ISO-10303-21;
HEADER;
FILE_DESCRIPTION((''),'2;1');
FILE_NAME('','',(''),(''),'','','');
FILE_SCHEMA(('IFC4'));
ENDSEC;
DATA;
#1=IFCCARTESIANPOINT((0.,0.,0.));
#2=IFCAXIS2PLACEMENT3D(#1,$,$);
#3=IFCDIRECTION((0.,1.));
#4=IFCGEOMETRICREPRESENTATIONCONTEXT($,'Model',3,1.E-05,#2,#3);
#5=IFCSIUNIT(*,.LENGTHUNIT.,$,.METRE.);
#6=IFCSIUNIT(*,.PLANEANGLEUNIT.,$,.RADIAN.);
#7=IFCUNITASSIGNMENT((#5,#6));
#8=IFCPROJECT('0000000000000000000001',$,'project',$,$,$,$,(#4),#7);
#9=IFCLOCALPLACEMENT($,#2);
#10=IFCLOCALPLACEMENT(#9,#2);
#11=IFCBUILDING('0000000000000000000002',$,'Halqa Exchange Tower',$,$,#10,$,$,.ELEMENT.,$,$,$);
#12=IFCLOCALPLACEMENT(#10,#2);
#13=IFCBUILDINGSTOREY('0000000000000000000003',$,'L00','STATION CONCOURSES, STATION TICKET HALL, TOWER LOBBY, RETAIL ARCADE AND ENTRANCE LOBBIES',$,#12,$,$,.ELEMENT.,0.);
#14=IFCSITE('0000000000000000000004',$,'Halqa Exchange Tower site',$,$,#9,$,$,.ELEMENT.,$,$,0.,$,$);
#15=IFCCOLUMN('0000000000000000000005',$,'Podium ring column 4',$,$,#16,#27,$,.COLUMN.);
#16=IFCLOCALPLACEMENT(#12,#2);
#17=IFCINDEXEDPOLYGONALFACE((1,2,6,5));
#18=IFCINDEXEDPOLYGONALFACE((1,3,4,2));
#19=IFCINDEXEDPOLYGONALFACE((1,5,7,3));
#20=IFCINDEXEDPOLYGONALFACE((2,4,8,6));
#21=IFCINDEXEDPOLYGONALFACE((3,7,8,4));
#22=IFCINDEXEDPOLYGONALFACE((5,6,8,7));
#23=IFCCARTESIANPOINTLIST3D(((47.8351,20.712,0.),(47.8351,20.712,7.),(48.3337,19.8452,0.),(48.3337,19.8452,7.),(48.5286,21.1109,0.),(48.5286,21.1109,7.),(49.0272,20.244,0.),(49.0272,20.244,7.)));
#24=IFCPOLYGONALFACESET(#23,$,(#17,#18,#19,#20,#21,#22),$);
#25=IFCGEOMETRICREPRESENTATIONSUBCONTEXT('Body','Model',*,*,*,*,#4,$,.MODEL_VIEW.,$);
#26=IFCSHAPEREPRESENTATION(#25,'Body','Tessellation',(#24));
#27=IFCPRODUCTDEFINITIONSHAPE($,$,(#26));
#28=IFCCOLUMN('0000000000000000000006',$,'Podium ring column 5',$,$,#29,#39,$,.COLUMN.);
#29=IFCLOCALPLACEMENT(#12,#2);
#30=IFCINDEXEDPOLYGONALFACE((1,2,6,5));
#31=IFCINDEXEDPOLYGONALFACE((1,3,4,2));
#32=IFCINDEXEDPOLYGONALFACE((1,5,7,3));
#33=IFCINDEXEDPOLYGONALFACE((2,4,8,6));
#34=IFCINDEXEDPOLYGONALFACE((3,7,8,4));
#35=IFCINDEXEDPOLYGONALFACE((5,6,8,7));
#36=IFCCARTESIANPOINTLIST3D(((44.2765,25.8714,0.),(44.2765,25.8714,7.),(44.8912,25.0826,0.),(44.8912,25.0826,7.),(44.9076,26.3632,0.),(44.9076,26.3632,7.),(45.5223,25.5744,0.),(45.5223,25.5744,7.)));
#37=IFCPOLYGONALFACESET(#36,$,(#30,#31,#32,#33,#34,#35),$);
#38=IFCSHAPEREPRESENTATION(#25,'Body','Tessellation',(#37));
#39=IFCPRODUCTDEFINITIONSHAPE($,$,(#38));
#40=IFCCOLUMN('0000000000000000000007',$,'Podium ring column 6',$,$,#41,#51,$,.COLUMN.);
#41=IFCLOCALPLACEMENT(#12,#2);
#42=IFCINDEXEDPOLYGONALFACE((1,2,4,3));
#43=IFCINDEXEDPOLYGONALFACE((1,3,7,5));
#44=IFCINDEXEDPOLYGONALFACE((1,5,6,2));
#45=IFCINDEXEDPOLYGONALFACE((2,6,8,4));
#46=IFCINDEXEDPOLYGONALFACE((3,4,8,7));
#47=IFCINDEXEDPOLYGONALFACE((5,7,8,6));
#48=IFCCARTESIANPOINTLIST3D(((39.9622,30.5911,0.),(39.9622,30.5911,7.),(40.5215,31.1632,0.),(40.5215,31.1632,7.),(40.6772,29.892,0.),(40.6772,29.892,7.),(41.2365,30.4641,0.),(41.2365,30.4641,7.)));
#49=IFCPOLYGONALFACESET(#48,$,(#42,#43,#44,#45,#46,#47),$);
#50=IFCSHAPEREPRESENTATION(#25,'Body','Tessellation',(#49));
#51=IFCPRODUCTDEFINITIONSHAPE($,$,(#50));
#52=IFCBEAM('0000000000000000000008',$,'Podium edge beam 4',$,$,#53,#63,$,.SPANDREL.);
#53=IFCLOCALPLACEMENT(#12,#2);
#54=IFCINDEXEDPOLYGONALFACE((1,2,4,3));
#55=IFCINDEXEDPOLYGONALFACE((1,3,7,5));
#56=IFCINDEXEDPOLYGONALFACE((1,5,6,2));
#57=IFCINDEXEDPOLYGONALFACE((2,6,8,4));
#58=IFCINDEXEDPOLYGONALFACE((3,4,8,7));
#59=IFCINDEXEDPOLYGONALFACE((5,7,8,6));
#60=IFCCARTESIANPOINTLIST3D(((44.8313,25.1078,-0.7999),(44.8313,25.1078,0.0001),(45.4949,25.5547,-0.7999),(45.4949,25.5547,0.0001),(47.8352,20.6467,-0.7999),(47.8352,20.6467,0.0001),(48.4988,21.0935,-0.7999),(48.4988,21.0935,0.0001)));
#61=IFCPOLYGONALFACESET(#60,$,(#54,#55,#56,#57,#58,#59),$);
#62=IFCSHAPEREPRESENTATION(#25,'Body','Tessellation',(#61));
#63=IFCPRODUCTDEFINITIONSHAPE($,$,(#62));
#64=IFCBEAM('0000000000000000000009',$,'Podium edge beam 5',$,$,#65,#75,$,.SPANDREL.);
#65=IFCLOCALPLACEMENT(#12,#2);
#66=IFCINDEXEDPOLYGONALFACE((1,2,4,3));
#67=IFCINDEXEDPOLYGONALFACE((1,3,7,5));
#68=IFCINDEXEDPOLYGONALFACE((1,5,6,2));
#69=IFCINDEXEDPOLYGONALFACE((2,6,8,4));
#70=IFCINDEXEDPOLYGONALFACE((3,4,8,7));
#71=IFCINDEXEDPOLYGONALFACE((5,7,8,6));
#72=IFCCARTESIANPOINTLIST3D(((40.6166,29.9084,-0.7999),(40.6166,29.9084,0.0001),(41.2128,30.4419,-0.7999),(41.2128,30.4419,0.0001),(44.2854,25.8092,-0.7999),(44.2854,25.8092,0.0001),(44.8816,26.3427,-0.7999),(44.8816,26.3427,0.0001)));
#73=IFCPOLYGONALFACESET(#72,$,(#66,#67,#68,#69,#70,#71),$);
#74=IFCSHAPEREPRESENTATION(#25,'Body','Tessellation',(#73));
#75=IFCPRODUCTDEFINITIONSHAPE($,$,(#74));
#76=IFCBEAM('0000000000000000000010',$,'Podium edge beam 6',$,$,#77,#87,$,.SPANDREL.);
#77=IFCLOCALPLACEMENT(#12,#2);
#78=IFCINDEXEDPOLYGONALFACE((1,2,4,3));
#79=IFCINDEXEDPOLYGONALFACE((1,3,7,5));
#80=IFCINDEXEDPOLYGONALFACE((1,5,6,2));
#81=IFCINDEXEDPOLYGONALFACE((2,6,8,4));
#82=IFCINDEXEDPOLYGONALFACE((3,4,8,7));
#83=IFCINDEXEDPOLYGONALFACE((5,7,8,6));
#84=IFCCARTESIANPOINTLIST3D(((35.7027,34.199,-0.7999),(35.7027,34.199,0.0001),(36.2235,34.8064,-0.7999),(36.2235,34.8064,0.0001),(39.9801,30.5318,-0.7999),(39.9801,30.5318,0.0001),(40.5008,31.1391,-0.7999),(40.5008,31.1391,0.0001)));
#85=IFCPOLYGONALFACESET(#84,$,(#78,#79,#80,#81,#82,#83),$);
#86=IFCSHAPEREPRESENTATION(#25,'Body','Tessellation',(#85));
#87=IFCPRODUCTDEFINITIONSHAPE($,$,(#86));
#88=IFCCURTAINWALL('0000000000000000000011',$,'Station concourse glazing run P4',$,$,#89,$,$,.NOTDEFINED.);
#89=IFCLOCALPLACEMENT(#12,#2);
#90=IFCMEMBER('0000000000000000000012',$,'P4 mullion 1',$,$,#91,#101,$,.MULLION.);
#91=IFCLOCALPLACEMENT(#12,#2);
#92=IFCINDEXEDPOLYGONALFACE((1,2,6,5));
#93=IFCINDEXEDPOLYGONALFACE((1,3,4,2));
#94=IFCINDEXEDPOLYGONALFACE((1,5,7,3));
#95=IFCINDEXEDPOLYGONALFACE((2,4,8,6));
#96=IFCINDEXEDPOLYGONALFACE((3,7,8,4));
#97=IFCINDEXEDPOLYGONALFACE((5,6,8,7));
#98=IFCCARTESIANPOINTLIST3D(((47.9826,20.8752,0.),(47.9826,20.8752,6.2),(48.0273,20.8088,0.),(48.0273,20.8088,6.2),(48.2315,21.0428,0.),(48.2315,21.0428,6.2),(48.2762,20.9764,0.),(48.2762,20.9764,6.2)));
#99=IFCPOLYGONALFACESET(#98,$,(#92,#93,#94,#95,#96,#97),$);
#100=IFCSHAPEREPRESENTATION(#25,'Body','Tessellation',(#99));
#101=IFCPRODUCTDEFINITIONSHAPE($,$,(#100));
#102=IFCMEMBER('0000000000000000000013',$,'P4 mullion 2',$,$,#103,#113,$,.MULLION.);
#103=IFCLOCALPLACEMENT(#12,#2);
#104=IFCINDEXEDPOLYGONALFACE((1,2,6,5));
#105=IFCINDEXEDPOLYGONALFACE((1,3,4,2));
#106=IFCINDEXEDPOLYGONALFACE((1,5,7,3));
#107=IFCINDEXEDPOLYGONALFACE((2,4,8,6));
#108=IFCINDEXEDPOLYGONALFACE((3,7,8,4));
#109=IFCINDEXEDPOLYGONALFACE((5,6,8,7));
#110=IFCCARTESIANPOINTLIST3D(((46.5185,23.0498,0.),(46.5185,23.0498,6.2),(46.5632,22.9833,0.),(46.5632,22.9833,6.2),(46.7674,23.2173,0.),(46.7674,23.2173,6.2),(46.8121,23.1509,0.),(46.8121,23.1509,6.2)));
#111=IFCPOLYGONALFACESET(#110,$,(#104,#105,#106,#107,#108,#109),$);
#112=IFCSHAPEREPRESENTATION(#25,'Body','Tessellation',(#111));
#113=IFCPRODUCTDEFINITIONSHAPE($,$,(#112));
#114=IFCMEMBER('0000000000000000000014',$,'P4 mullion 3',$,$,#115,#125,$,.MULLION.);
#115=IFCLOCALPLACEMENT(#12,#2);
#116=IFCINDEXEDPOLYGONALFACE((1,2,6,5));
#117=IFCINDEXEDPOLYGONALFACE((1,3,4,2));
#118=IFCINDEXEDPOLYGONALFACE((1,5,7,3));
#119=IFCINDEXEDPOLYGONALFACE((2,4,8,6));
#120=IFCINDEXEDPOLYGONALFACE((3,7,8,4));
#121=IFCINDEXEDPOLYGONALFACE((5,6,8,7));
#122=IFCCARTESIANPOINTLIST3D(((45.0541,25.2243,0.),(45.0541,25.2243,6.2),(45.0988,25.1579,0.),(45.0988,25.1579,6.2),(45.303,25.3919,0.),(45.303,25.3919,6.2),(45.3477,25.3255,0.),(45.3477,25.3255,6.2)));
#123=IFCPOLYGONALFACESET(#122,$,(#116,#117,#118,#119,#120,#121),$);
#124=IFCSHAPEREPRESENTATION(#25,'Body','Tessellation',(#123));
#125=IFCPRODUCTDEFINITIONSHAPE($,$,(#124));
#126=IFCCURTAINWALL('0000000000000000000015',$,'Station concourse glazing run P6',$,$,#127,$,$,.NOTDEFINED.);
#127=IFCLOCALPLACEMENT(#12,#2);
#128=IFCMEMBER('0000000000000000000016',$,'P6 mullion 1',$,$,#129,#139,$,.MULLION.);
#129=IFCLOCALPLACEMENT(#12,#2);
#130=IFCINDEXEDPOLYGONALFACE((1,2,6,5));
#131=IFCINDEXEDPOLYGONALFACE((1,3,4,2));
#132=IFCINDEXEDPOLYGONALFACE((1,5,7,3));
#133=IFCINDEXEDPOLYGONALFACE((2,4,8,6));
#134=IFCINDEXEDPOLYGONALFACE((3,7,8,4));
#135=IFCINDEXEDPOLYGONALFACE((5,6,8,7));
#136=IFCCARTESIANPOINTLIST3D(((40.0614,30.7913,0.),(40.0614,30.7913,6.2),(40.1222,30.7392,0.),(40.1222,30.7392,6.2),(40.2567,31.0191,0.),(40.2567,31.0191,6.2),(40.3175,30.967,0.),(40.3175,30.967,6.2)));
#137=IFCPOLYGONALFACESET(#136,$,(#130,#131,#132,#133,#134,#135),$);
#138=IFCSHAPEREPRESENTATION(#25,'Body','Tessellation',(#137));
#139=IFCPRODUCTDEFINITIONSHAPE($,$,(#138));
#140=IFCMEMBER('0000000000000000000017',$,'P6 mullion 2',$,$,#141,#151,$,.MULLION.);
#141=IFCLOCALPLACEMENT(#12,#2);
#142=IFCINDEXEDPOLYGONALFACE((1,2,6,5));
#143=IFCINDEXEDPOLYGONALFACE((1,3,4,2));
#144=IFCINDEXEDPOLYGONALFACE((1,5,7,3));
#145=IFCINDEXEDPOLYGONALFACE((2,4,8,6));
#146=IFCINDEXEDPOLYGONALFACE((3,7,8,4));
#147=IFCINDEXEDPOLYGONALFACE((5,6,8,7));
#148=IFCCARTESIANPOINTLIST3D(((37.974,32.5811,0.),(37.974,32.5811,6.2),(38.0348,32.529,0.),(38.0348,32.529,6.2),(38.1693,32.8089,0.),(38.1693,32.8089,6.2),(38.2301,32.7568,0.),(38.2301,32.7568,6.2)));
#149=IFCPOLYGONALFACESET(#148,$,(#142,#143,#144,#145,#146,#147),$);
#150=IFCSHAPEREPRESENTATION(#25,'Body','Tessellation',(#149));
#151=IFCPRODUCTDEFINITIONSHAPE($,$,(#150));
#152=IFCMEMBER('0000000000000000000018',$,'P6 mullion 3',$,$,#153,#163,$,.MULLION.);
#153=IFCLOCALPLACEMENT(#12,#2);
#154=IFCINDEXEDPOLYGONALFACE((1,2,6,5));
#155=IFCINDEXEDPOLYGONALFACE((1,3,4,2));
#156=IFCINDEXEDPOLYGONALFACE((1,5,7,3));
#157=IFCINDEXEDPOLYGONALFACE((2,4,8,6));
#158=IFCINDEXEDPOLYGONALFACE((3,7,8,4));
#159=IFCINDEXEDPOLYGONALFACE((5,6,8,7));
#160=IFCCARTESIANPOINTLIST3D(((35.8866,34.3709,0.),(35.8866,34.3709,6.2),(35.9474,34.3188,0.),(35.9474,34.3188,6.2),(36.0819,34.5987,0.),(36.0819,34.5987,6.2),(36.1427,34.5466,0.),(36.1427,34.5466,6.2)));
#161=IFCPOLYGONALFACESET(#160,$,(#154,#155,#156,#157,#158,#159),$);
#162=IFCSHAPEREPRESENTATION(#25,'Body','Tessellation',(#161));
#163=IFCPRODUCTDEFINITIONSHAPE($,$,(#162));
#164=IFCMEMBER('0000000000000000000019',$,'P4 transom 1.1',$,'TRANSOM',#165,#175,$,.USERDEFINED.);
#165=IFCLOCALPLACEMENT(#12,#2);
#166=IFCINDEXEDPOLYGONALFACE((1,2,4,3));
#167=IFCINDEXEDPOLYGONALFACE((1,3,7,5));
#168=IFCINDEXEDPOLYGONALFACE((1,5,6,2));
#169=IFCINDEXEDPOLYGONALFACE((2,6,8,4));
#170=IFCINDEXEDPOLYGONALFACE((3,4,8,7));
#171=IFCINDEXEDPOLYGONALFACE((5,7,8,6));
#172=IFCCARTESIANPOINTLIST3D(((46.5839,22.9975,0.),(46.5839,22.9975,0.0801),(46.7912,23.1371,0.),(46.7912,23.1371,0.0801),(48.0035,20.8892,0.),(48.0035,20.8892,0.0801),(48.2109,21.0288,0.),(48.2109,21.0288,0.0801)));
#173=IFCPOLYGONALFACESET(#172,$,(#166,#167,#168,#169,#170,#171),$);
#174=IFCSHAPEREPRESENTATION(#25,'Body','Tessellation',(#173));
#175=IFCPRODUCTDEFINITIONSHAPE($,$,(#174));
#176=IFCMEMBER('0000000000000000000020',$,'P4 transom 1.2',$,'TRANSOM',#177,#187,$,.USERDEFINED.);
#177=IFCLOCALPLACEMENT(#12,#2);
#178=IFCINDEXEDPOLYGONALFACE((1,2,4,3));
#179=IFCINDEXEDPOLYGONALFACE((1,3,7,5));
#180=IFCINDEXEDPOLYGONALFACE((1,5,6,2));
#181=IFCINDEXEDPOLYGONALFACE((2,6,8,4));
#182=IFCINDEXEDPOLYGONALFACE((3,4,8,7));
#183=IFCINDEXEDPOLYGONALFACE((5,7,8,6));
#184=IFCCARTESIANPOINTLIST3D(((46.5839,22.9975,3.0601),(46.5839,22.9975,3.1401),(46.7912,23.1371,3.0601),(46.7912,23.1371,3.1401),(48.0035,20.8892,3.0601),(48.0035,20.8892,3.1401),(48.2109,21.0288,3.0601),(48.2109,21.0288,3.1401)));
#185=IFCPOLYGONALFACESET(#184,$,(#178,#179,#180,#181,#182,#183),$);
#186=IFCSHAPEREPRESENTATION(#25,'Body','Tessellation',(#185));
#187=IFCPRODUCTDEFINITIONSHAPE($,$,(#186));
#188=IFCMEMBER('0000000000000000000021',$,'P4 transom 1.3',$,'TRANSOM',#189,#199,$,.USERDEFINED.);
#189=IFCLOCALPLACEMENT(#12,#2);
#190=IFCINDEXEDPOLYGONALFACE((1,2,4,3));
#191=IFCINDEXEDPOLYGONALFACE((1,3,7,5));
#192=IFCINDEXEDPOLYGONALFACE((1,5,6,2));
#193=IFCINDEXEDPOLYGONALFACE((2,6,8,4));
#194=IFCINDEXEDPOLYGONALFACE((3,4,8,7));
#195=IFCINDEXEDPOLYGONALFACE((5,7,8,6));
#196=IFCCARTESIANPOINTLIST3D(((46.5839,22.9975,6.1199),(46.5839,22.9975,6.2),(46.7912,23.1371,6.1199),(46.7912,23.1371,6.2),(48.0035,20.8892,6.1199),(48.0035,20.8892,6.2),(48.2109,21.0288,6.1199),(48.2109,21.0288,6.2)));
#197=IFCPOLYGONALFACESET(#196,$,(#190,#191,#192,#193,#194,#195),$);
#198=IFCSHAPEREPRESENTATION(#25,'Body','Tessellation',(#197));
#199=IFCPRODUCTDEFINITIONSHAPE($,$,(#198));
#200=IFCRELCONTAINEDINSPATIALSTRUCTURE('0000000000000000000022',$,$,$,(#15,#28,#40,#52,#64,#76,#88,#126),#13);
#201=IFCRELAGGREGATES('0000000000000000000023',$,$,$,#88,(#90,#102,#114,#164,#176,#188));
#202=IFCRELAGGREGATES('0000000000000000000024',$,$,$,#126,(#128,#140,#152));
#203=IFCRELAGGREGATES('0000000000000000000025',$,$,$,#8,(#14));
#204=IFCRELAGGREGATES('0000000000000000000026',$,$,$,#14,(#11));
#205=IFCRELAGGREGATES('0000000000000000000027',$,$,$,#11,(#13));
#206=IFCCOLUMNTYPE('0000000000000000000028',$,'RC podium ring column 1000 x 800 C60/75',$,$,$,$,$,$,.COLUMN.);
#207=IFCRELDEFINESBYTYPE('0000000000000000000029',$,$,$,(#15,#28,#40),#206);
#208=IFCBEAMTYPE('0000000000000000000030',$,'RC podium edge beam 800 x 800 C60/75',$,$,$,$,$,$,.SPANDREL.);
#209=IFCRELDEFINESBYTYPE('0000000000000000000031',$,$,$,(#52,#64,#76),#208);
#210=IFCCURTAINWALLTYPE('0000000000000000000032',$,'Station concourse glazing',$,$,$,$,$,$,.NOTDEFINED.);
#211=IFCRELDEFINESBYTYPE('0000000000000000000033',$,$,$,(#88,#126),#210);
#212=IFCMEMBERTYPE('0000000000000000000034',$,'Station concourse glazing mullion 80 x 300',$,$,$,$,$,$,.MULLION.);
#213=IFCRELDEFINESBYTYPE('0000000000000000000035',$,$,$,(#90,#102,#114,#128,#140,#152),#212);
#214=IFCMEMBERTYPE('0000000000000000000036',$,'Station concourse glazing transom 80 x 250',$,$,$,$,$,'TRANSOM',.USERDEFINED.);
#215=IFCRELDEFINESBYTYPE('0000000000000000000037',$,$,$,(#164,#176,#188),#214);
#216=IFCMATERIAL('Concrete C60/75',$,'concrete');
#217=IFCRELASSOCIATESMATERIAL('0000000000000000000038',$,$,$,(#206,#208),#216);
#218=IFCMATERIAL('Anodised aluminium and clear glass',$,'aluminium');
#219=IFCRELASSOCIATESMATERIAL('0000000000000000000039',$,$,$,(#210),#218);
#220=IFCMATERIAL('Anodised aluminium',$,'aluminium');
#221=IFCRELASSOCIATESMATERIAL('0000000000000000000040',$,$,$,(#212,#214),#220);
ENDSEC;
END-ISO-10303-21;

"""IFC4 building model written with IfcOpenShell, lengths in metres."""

from ifc_helpers import new_model, si_unit, direction, frame, origin, origin_2d, place, context, subcontext, project, spatial, rectangle, extrude, material, material_profile, profile_set, type_object, element, aggregate, save


model = new_model("IFC4")

# Units and contexts
model_context = context("Model", 3, precision=1e-05, world=origin(), true_north=direction((0.0, 1.0)))
body_context = subcontext(model_context, "Body", "Model", "MODEL_VIEW")
ifc_project = project(units=[si_unit("LENGTHUNIT", "METRE"), si_unit("PLANEANGLEUNIT", "RADIAN")], contexts=[model_context])

# Site, building, storey
site_placement = place(None, origin())
site = spatial("IfcSite", under=ifc_project, at=site_placement, Name="Halqa Exchange Tower site", CompositionType="ELEMENT", RefElevation=0.0)
building_placement = place(site_placement, origin())
building = spatial("IfcBuilding", under=site, at=building_placement, Name="Halqa Exchange Tower", CompositionType="ELEMENT")
storey_placement = place(building_placement, origin())
storey = spatial("IfcBuildingStorey", under=building, at=storey_placement, Name="L00", Description="STATION CONCOURSES, STATION TICKET HALL, TOWER LOBBY, RETAIL ARCADE AND ENTRANCE LOBBIES", CompositionType="ELEMENT", Elevation=0.0)

# Columns
ifc_material_1 = material(Name="Concrete C60/75", Category="concrete")
ifc_material_profile_1 = material_profile(ifc_material_1, rectangle(XDim=1.0, YDim=0.8, at=origin_2d()), Name="1000 x 800")
ifc_profile_set_1 = profile_set([ifc_material_profile_1], Name="Concrete C60/75")
column_type = type_object("IfcColumnType", Name="RC podium ring column 1000 x 800 C60/75", PredefinedType="COLUMN", material=ifc_profile_set_1)
for number, where, z_axis, x_axis, name in (
    (1, (48.4312, 20.478, 0.0), (0.0, 0.0, 1.0), (-0.498569, 0.86685, 0.0), "Podium ring column 4"),
    (2, (44.8994, 25.7229, 0.0), (0.0, 0.0, 1.0), (-0.614691, 0.788768, 0.0), "Podium ring column 5"),
    (3, (40.5994, 30.5276, 0.0), (0.0, 0.0, 1.0), (-0.715039, 0.699085, 0.0), "Podium ring column 6"),
):
    element("IfcColumn", number, at=place(storey_placement, frame(where, z_axis=z_axis, x_axis=x_axis)), inside=storey, type_object=column_type, Name=name, PredefinedType="COLUMN", context=body_context, shape_type="SweptSolid", body=[
        extrude(rectangle(XDim=1.0, YDim=0.8, at=origin_2d()), origin(), (0.0, 0.0, 1.0), 7.0),
    ])

# Beams
ifc_material_profile_2 = material_profile(ifc_material_1, rectangle(XDim=0.8, YDim=0.8, at=origin_2d()), Name="800 x 800")
ifc_profile_set_2 = profile_set([ifc_material_profile_2], Name="Concrete C60/75")
beam_type = type_object("IfcBeamType", Name="RC podium edge beam 800 x 800 C60/75", PredefinedType="SPANDREL", material=ifc_profile_set_2)
beam_1_placement = place(storey_placement, frame((48.167, 20.8701, -0.3999), z_axis=(-0.558528, 0.829485, 0.0), x_axis=(-0.829485, -0.558528, 0.0)))
element("IfcBeam", 4, at=beam_1_placement, inside=storey, type_object=beam_type, Name="Podium edge beam 4", PredefinedType="SPANDREL", context=body_context, shape_type="SweptSolid", body=[
    extrude(rectangle(XDim=0.8, YDim=0.8, at=origin_2d()), origin(), (0.0, 0.0, 1.0), 5.3782),
])
beam_2_placement = place(storey_placement, frame((44.5835, 26.0759, -0.3999), z_axis=(-0.666903, 0.745145, 0.0), x_axis=(-0.745145, -0.666903, 0.0)))
element("IfcBeam", 5, at=beam_2_placement, inside=storey, type_object=beam_type, Name="Podium edge beam 5", PredefinedType="SPANDREL", context=body_context, shape_type="SweptSolid", body=[
    extrude(rectangle(XDim=0.8, YDim=0.8, at=origin_2d()), origin(), (0.0, 0.0, 1.0), 5.5012),
])
beam_3_placement = place(storey_placement, frame((40.2405, 30.8354, -0.3999), z_axis=(-0.759174, 0.650888, 0.0), x_axis=(-0.650888, -0.759174, 0.0)))
element("IfcBeam", 6, at=beam_3_placement, inside=storey, type_object=beam_type, Name="Podium edge beam 6", PredefinedType="SPANDREL", context=body_context, shape_type="SweptSolid", body=[
    extrude(rectangle(XDim=0.8, YDim=0.8, at=origin_2d()), origin(), (0.0, 0.0, 1.0), 5.6343),
])

# Curtain walls, members
ifc_material_2 = material(Name="Anodised aluminium and clear glass", Category="aluminium")
curtain_wall_type = type_object("IfcCurtainWallType", Name="Station concourse glazing", PredefinedType="NOTDEFINED", material=ifc_material_2)
curtain_wall_1_placement = place(storey_placement, origin())
curtain_wall_1 = element("IfcCurtainWall", 7, at=curtain_wall_1_placement, inside=storey, type_object=curtain_wall_type, Name="Station concourse glazing run P4", PredefinedType="NOTDEFINED")
ifc_material_3 = material(Name="Anodised aluminium", Category="aluminium")
ifc_material_profile_3 = material_profile(ifc_material_3, rectangle(XDim=0.3, YDim=0.0801, at=origin_2d()), Name="AL 80x300")
ifc_profile_set_3 = profile_set([ifc_material_profile_3], Name="Anodised aluminium")
member_type_1 = type_object("IfcMemberType", Name="Station concourse glazing mullion 80 x 300", PredefinedType="MULLION", material=ifc_profile_set_3)
member_1_placement = place(storey_placement, frame((48.1294, 20.9258, 0.0), z_axis=(0.0, 0.0, 1.0), x_axis=(-0.82949, -0.558522, 0.0)))
member_1 = element("IfcMember", 8, at=member_1_placement, type_object=member_type_1, Name="P4 mullion 1", PredefinedType="MULLION", context=body_context, shape_type="SweptSolid", body=[
    extrude(rectangle(XDim=0.3, YDim=0.0801, at=origin_2d()), origin(), (0.0, 0.0, 1.0), 6.2),
])
member_2_placement = place(storey_placement, frame((46.6653, 23.1003, 0.0), z_axis=(0.0, 0.0, 1.0), x_axis=(-0.82949, -0.558522, 0.0)))
member_2 = element("IfcMember", 9, at=member_2_placement, type_object=member_type_1, Name="P4 mullion 2", PredefinedType="MULLION", context=body_context, shape_type="SweptSolid", body=[
    extrude(rectangle(XDim=0.3, YDim=0.0801, at=origin_2d()), origin(), (0.0, 0.0, 1.0), 6.2),
])
member_3_placement = place(storey_placement, frame((45.2009, 25.2749, 0.0), z_axis=(0.0, 0.0, 1.0), x_axis=(-0.82949, -0.558522, 0.0)))
member_3 = element("IfcMember", 10, at=member_3_placement, type_object=member_type_1, Name="P4 mullion 3", PredefinedType="MULLION", context=body_context, shape_type="SweptSolid", body=[
    extrude(rectangle(XDim=0.3, YDim=0.0801, at=origin_2d()), origin(), (0.0, 0.0, 1.0), 6.2),
])
curtain_wall_2_placement = place(storey_placement, origin())
curtain_wall_2 = element("IfcCurtainWall", 11, at=curtain_wall_2_placement, inside=storey, type_object=curtain_wall_type, Name="Station concourse glazing run P6", PredefinedType="NOTDEFINED")
member_4_placement = place(storey_placement, frame((40.1895, 30.8792, 0.0), z_axis=(0.0, 0.0, 1.0), x_axis=(-0.650911, -0.759154, 0.0)))
member_4 = element("IfcMember", 12, at=member_4_placement, type_object=member_type_1, Name="P6 mullion 1", PredefinedType="MULLION", context=body_context, shape_type="SweptSolid", body=[
    extrude(rectangle(XDim=0.3, YDim=0.0801, at=origin_2d()), origin(), (0.0, 0.0, 1.0), 6.2),
])
member_5_placement = place(storey_placement, frame((38.1021, 32.6689, 0.0), z_axis=(0.0, 0.0, 1.0), x_axis=(-0.650911, -0.759154, 0.0)))
member_5 = element("IfcMember", 13, at=member_5_placement, type_object=member_type_1, Name="P6 mullion 2", PredefinedType="MULLION", context=body_context, shape_type="SweptSolid", body=[
    extrude(rectangle(XDim=0.3, YDim=0.0801, at=origin_2d()), origin(), (0.0, 0.0, 1.0), 6.2),
])
member_6_placement = place(storey_placement, frame((36.0146, 34.4587, 0.0), z_axis=(0.0, 0.0, 1.0), x_axis=(-0.650911, -0.759154, 0.0)))
member_6 = element("IfcMember", 14, at=member_6_placement, type_object=member_type_1, Name="P6 mullion 3", PredefinedType="MULLION", context=body_context, shape_type="SweptSolid", body=[
    extrude(rectangle(XDim=0.3, YDim=0.0801, at=origin_2d()), origin(), (0.0, 0.0, 1.0), 6.2),
])

# Members
ifc_material_profile_4 = material_profile(ifc_material_3, rectangle(XDim=0.25, YDim=0.0801, at=origin_2d()), Name="AL 80x250")
ifc_profile_set_4 = profile_set([ifc_material_profile_4], Name="Anodised aluminium")
member_type_2 = type_object("IfcMemberType", Name="Station concourse glazing transom 80 x 250", ElementType="TRANSOM", PredefinedType="USERDEFINED", material=ifc_profile_set_4)
member_7_placement = place(storey_placement, frame((48.1072, 20.959, 0.04), z_axis=(-0.558529, 0.829485, 0.0), x_axis=(-0.829485, -0.558529, 0.0)))
member_7 = element("IfcMember", 15, at=member_7_placement, type_object=member_type_2, Name="P4 transom 1.1", ObjectType="TRANSOM", PredefinedType="USERDEFINED", context=body_context, shape_type="SweptSolid", body=[
    extrude(rectangle(XDim=0.25, YDim=0.0801, at=origin_2d()), origin(), (0.0, 0.0, 1.0), 2.5417),
])
member_8_placement = place(storey_placement, frame((48.1072, 20.959, 3.1001), z_axis=(-0.558529, 0.829485, 0.0), x_axis=(-0.829485, -0.558529, 0.0)))
member_8 = element("IfcMember", 16, at=member_8_placement, type_object=member_type_2, Name="P4 transom 1.2", ObjectType="TRANSOM", PredefinedType="USERDEFINED", context=body_context, shape_type="SweptSolid", body=[
    extrude(rectangle(XDim=0.25, YDim=0.0801, at=origin_2d()), origin(), (0.0, 0.0, 1.0), 2.5417),
])
member_9_placement = place(storey_placement, frame((48.1072, 20.959, 6.1599), z_axis=(-0.558529, 0.829485, 0.0), x_axis=(-0.829485, -0.558529, 0.0)))
member_9 = element("IfcMember", 17, at=member_9_placement, type_object=member_type_2, Name="P4 transom 1.3", ObjectType="TRANSOM", PredefinedType="USERDEFINED", context=body_context, shape_type="SweptSolid", body=[
    extrude(rectangle(XDim=0.25, YDim=0.0801, at=origin_2d()), origin(), (0.0, 0.0, 1.0), 2.5417),
])

aggregate(curtain_wall_1, [member_1, member_2, member_3, member_7, member_8, member_9])
aggregate(curtain_wall_2, [member_4, member_5, member_6])

save(model, "model.ifc")
